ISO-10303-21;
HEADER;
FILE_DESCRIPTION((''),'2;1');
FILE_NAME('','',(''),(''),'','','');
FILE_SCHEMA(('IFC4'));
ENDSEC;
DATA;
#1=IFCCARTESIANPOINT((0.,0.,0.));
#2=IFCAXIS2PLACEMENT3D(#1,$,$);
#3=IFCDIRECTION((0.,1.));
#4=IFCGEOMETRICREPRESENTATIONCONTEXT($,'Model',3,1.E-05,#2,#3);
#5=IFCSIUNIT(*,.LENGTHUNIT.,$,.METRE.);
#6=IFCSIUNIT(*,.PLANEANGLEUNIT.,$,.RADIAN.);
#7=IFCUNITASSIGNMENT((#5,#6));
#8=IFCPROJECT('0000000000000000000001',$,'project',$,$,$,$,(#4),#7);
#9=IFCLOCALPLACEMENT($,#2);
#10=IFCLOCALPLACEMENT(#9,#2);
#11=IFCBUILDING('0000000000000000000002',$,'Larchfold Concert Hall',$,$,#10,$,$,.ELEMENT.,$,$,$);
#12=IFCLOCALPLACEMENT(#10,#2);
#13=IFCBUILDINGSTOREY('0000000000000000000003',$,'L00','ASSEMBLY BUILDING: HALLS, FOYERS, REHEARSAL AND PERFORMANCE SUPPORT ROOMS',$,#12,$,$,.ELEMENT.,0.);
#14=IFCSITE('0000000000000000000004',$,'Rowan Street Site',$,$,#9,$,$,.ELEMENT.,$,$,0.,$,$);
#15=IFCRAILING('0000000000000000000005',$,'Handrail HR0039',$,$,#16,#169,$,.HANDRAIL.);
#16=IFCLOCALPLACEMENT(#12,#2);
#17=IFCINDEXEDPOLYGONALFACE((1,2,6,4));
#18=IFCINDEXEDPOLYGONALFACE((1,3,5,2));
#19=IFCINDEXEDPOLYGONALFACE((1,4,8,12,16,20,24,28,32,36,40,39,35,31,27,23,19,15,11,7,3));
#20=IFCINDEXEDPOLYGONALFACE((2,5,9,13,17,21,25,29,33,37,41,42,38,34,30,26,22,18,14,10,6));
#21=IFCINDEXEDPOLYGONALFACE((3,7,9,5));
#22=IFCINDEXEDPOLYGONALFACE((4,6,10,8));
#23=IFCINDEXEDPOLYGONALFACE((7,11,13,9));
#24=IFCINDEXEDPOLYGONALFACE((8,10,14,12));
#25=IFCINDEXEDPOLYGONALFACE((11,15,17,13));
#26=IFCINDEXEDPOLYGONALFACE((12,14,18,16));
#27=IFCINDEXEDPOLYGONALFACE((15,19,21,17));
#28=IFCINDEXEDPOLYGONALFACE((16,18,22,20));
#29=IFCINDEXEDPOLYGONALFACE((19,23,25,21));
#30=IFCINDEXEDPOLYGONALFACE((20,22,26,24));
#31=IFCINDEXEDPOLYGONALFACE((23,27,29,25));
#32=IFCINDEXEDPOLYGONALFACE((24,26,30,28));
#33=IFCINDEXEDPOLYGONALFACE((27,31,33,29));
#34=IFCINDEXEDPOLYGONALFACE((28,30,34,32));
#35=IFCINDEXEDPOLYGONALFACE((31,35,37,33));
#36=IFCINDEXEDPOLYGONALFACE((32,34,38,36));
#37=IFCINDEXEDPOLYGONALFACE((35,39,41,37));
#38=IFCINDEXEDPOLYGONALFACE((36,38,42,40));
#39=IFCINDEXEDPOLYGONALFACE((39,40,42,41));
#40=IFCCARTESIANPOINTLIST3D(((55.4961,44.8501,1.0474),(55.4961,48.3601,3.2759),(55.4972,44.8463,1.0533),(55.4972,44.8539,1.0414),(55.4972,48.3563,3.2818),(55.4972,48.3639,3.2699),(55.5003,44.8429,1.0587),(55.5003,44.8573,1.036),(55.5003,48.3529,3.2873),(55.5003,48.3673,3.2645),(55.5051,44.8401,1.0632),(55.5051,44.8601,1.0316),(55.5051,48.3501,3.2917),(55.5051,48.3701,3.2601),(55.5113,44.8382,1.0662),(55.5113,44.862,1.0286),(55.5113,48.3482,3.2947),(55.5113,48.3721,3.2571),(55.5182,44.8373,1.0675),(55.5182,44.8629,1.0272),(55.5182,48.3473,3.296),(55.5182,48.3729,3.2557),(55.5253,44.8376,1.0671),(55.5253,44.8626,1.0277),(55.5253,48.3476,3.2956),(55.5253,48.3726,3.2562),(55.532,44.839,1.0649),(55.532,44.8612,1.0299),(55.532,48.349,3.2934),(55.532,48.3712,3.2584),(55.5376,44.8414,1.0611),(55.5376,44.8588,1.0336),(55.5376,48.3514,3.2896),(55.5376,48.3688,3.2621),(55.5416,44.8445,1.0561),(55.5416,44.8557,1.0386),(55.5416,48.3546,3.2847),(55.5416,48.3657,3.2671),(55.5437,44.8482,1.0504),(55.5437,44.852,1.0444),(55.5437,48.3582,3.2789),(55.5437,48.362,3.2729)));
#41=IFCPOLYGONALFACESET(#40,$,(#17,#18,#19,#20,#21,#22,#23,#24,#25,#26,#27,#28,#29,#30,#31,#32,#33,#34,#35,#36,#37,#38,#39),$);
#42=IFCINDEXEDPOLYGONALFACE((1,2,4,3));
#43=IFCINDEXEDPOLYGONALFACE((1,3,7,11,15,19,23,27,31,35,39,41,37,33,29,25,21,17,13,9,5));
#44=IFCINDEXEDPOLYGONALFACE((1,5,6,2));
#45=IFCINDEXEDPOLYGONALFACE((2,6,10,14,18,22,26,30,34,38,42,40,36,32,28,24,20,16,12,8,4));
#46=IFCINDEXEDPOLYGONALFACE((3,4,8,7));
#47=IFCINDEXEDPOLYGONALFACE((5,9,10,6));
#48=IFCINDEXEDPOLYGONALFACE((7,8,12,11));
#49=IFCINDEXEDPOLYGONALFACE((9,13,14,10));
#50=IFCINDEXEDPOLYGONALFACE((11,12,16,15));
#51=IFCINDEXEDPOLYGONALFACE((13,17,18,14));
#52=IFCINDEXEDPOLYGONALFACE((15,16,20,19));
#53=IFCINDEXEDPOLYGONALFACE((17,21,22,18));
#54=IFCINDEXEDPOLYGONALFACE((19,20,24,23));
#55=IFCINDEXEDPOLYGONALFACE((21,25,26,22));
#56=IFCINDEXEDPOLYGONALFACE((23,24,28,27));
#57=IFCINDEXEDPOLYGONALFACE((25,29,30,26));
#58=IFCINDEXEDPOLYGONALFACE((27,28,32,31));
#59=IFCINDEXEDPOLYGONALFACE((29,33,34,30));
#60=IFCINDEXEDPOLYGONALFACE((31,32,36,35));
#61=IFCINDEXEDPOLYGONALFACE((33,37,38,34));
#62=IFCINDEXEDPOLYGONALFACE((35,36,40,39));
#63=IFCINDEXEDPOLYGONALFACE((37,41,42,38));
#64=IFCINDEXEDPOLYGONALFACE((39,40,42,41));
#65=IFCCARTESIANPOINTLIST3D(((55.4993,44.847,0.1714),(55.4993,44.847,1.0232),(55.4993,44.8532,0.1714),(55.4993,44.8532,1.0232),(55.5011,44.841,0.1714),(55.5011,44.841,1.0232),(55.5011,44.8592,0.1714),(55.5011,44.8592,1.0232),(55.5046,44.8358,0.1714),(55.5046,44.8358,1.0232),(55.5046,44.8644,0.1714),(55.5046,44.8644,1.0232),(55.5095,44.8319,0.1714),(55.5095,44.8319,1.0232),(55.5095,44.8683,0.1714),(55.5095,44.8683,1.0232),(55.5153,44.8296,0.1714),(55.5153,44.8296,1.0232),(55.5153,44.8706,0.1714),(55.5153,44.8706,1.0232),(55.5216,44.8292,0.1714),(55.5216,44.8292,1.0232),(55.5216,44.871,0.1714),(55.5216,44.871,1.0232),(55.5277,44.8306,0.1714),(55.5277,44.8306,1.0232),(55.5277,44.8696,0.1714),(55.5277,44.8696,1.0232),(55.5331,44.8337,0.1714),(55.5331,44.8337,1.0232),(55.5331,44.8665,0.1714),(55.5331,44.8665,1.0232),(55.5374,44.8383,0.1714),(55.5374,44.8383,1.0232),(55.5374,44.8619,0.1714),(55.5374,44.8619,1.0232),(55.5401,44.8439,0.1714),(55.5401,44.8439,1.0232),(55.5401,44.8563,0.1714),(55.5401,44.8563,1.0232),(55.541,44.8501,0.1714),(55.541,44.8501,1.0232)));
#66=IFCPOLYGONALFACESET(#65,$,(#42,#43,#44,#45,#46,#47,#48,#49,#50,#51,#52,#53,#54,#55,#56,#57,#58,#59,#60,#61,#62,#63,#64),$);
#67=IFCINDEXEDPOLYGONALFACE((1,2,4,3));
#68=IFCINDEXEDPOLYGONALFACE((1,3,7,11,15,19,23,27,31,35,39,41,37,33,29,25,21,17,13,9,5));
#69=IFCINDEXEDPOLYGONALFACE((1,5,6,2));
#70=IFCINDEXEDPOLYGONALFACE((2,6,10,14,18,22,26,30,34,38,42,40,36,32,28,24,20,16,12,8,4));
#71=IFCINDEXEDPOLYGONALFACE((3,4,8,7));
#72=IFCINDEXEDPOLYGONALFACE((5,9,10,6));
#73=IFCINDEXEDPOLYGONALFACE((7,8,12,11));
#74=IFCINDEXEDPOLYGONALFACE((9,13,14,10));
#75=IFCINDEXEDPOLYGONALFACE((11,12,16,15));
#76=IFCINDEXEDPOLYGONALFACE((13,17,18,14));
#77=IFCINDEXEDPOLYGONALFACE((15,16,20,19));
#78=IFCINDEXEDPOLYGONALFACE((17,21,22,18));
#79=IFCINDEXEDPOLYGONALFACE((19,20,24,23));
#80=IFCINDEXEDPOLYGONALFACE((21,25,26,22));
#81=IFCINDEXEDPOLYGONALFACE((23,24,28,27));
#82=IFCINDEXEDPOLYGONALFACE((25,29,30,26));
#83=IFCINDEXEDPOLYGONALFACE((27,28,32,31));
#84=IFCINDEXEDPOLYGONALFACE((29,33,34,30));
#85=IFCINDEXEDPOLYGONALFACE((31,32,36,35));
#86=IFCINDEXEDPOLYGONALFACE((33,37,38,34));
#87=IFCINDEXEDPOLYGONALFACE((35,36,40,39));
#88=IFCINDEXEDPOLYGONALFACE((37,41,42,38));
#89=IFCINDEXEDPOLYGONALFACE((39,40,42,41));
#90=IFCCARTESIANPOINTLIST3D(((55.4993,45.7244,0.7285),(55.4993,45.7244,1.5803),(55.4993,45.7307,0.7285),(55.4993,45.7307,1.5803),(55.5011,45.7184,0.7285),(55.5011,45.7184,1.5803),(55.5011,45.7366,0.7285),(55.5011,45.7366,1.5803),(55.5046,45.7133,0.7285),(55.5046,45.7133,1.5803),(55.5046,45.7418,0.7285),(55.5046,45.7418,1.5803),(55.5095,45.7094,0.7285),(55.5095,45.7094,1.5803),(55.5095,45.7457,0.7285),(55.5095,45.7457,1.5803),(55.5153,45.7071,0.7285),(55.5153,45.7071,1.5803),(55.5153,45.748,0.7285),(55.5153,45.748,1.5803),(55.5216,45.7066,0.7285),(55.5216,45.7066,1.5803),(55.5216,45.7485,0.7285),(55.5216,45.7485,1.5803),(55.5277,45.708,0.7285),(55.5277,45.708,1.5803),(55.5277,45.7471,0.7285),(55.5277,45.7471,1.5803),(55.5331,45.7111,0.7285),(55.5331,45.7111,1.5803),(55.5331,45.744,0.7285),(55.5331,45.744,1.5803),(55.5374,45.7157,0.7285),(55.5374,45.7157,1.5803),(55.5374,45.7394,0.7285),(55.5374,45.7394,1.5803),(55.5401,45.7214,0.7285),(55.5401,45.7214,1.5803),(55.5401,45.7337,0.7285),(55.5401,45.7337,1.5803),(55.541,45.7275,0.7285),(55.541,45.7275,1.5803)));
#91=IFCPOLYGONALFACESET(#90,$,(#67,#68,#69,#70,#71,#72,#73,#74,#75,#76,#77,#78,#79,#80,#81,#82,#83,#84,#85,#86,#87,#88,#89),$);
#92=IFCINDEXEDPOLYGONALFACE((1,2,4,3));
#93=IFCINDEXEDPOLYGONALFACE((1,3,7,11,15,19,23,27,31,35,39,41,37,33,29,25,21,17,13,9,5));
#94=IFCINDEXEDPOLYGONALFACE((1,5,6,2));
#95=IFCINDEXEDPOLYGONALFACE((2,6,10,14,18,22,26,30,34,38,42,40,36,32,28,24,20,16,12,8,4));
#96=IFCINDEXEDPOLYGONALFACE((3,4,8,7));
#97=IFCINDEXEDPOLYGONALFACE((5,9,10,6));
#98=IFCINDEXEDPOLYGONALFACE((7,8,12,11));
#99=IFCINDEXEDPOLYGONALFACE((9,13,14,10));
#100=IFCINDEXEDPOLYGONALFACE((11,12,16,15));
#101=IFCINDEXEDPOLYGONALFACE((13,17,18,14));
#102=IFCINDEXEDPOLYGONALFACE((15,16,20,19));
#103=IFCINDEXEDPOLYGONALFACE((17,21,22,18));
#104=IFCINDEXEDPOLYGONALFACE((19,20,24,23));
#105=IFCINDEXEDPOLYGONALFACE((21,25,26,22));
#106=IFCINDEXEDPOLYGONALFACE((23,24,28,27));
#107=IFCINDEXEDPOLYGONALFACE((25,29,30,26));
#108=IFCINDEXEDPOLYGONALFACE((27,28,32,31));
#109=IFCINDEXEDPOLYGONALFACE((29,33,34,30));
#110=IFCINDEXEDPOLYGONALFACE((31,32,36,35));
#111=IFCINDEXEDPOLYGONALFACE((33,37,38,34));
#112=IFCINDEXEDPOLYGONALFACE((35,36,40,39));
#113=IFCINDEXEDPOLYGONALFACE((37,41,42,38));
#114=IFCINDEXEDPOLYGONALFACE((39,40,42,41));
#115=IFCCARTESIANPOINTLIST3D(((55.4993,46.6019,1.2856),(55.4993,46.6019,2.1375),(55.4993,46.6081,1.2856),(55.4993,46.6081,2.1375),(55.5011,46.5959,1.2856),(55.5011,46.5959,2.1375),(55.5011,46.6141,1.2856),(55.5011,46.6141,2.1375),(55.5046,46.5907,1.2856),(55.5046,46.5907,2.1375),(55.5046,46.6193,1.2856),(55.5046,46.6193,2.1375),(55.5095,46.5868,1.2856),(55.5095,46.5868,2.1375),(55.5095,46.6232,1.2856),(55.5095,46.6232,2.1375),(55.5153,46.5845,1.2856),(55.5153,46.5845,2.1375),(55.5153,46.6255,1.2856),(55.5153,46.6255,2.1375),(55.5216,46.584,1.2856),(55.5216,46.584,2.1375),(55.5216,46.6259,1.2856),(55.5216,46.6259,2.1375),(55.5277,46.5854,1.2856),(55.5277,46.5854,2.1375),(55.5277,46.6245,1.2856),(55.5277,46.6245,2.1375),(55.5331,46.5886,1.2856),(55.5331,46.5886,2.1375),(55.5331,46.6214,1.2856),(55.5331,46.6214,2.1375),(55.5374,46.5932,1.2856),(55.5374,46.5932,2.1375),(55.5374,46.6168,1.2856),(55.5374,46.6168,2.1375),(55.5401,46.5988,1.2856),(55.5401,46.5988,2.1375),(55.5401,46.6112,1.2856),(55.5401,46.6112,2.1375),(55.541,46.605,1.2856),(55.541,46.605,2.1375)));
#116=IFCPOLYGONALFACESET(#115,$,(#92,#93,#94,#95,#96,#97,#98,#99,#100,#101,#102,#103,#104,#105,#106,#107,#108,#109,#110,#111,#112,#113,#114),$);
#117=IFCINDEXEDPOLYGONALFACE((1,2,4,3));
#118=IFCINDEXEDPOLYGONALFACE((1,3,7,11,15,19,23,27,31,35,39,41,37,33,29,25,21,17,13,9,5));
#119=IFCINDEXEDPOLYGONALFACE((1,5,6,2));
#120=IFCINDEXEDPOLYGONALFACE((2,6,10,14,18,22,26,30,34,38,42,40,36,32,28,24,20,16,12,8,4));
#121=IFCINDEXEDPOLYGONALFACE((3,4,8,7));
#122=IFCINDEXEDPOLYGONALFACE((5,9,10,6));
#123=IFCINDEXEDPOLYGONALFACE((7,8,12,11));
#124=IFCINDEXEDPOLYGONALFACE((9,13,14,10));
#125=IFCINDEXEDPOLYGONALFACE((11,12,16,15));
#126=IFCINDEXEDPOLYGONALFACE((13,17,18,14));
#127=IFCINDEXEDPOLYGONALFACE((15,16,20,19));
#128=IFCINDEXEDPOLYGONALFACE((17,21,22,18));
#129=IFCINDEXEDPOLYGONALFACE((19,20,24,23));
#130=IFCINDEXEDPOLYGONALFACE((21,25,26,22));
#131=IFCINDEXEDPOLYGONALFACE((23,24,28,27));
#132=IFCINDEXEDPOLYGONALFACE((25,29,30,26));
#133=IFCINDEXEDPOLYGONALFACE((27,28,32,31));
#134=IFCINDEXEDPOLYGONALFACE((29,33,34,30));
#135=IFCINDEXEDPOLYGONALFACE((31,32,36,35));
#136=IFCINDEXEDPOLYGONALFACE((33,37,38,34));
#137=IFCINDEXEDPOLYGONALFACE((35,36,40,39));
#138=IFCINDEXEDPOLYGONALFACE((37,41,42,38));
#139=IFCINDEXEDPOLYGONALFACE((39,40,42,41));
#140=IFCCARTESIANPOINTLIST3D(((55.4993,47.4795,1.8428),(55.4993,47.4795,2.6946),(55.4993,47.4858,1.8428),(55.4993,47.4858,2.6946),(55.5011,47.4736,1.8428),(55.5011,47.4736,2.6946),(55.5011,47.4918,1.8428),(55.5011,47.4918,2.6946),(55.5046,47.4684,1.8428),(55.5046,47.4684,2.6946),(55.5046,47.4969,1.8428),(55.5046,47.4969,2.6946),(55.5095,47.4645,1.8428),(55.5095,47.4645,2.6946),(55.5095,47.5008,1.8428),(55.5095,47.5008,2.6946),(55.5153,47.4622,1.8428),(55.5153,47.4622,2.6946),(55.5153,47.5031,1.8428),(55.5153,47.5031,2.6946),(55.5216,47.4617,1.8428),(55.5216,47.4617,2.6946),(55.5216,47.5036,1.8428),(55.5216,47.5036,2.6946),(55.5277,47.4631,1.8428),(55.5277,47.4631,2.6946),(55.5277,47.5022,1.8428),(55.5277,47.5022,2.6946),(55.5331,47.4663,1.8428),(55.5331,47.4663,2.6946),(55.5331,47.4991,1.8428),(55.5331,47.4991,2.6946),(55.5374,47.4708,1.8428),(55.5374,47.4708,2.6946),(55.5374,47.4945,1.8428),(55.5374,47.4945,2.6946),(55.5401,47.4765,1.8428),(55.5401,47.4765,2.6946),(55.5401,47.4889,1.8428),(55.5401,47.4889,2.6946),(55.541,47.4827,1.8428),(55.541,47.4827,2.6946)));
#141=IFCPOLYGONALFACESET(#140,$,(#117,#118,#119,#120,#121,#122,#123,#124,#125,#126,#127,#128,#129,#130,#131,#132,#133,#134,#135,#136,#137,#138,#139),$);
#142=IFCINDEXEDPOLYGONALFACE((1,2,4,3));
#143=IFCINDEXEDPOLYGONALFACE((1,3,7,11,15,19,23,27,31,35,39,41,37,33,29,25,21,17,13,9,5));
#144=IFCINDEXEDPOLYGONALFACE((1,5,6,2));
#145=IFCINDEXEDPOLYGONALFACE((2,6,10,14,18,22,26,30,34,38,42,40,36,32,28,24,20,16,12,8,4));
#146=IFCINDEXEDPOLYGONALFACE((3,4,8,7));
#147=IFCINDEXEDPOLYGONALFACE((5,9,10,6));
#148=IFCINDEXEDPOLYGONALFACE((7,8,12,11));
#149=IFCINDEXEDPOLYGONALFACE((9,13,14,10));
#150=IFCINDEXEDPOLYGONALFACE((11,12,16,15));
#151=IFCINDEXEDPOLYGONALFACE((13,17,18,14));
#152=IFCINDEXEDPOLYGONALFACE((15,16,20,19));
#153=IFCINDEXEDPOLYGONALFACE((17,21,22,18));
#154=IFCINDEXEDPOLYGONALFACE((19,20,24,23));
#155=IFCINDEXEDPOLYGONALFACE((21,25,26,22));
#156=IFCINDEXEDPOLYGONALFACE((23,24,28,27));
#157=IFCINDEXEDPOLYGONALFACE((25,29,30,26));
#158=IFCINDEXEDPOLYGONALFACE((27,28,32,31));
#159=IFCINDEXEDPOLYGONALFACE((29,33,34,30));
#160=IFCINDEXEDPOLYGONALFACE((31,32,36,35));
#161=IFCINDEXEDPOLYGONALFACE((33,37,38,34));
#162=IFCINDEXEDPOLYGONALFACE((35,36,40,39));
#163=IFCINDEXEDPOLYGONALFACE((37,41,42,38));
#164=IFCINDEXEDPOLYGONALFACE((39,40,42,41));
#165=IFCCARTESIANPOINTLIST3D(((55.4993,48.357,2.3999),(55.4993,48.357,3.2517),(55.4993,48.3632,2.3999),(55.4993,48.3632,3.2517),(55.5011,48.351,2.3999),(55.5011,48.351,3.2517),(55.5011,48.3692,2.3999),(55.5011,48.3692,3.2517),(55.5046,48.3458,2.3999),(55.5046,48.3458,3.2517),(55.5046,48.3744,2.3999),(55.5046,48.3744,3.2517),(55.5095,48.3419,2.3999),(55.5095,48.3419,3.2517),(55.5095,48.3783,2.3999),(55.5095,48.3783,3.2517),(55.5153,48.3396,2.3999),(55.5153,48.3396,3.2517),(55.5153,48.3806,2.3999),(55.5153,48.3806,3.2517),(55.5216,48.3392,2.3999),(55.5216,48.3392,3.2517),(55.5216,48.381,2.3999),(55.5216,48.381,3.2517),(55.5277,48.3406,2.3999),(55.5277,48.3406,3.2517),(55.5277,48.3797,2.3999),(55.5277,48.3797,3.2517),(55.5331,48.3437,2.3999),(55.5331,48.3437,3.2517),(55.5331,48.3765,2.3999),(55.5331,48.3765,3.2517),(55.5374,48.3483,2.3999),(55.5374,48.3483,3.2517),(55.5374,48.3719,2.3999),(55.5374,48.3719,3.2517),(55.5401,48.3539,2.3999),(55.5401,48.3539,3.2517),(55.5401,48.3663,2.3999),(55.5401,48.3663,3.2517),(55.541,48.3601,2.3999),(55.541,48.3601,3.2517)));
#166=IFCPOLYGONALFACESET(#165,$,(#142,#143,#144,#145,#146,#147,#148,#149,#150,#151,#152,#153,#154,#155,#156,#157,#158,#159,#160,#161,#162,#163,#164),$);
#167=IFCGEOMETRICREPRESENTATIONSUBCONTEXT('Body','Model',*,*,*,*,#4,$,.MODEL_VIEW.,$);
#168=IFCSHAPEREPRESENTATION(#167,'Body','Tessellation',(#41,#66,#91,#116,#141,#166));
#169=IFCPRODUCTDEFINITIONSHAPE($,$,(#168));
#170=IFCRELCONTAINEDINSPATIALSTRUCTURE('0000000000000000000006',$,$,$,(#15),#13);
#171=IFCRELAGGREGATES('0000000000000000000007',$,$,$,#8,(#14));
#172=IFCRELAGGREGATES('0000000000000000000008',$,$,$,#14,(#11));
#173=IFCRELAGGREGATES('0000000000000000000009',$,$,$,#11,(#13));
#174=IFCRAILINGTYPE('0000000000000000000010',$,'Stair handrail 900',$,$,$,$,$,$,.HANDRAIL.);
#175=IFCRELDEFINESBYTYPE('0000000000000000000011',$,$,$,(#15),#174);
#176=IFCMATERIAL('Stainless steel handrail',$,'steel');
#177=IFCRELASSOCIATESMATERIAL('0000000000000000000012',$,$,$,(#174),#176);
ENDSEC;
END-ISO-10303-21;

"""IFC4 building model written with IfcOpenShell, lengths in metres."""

from ifc_helpers import new_model, si_unit, direction, frame, origin, origin_2d, place, context, subcontext, project, spatial, circle, extrude, material, type_object, element, save


model = new_model("IFC4")

# Units and contexts
model_context = context("Model", 3, precision=1e-05, world=origin(), true_north=direction((0.0, 1.0)))
body_context = subcontext(model_context, "Body", "Model", "MODEL_VIEW")
ifc_project = project(units=[si_unit("LENGTHUNIT", "METRE"), si_unit("PLANEANGLEUNIT", "RADIAN")], contexts=[model_context])

# Site, building, storey
site_placement = place(None, origin())
site = spatial("IfcSite", under=ifc_project, at=site_placement, Name="Rowan Street Site", CompositionType="ELEMENT", RefElevation=0.0)
building_placement = place(site_placement, origin())
building = spatial("IfcBuilding", under=site, at=building_placement, Name="Larchfold Concert Hall", CompositionType="ELEMENT")
storey_placement = place(building_placement, origin())
storey = spatial("IfcBuildingStorey", under=building, at=storey_placement, Name="L00", Description="ASSEMBLY BUILDING: HALLS, FOYERS, REHEARSAL AND PERFORMANCE SUPPORT ROOMS", CompositionType="ELEMENT", Elevation=0.0)

# Railing
ifc_material_1 = material(Name="Stainless steel handrail", Category="steel")
railing_type_1 = type_object("IfcRailingType", Name="Stair handrail 900", PredefinedType="HANDRAIL", material=ifc_material_1)
railing_1_placement = place(storey_placement, frame((55.52, 44.8501, 0.1714)))
element("IfcRailing", 1, at=railing_1_placement, inside=storey, type_object=railing_type_1, Name="Handrail HR0039", PredefinedType="HANDRAIL", context=body_context, shape_type="SweptSolid", body=[
    extrude(circle(Radius=0.0239, at=origin_2d()), frame((0.0, 0.0, 0.876), z_axis=(0.0, 0.84422, 0.535998), x_axis=(-1.0, 0.0, 0.0)), (0.0, 0.0, 1.0), 4.1577),
    extrude(circle(Radius=0.021, at=origin_2d()), origin(), (0.0, 0.0, 1.0), 0.8518),
    extrude(circle(Radius=0.021, at=origin_2d()), frame((0.0, 0.8774, 0.5571)), (0.0, 0.0, 1.0), 0.8518),
    extrude(circle(Radius=0.021, at=origin_2d()), frame((0.0, 1.7549, 1.1143)), (0.0, 0.0, 1.0), 0.8518),
    extrude(circle(Radius=0.021, at=origin_2d()), frame((0.0, 2.6326, 1.6714)), (0.0, 0.0, 1.0), 0.8518),
    extrude(circle(Radius=0.021, at=origin_2d()), frame((0.0, 3.51, 2.2285)), (0.0, 0.0, 1.0), 0.8518),
])

save(model, "model.ifc")
